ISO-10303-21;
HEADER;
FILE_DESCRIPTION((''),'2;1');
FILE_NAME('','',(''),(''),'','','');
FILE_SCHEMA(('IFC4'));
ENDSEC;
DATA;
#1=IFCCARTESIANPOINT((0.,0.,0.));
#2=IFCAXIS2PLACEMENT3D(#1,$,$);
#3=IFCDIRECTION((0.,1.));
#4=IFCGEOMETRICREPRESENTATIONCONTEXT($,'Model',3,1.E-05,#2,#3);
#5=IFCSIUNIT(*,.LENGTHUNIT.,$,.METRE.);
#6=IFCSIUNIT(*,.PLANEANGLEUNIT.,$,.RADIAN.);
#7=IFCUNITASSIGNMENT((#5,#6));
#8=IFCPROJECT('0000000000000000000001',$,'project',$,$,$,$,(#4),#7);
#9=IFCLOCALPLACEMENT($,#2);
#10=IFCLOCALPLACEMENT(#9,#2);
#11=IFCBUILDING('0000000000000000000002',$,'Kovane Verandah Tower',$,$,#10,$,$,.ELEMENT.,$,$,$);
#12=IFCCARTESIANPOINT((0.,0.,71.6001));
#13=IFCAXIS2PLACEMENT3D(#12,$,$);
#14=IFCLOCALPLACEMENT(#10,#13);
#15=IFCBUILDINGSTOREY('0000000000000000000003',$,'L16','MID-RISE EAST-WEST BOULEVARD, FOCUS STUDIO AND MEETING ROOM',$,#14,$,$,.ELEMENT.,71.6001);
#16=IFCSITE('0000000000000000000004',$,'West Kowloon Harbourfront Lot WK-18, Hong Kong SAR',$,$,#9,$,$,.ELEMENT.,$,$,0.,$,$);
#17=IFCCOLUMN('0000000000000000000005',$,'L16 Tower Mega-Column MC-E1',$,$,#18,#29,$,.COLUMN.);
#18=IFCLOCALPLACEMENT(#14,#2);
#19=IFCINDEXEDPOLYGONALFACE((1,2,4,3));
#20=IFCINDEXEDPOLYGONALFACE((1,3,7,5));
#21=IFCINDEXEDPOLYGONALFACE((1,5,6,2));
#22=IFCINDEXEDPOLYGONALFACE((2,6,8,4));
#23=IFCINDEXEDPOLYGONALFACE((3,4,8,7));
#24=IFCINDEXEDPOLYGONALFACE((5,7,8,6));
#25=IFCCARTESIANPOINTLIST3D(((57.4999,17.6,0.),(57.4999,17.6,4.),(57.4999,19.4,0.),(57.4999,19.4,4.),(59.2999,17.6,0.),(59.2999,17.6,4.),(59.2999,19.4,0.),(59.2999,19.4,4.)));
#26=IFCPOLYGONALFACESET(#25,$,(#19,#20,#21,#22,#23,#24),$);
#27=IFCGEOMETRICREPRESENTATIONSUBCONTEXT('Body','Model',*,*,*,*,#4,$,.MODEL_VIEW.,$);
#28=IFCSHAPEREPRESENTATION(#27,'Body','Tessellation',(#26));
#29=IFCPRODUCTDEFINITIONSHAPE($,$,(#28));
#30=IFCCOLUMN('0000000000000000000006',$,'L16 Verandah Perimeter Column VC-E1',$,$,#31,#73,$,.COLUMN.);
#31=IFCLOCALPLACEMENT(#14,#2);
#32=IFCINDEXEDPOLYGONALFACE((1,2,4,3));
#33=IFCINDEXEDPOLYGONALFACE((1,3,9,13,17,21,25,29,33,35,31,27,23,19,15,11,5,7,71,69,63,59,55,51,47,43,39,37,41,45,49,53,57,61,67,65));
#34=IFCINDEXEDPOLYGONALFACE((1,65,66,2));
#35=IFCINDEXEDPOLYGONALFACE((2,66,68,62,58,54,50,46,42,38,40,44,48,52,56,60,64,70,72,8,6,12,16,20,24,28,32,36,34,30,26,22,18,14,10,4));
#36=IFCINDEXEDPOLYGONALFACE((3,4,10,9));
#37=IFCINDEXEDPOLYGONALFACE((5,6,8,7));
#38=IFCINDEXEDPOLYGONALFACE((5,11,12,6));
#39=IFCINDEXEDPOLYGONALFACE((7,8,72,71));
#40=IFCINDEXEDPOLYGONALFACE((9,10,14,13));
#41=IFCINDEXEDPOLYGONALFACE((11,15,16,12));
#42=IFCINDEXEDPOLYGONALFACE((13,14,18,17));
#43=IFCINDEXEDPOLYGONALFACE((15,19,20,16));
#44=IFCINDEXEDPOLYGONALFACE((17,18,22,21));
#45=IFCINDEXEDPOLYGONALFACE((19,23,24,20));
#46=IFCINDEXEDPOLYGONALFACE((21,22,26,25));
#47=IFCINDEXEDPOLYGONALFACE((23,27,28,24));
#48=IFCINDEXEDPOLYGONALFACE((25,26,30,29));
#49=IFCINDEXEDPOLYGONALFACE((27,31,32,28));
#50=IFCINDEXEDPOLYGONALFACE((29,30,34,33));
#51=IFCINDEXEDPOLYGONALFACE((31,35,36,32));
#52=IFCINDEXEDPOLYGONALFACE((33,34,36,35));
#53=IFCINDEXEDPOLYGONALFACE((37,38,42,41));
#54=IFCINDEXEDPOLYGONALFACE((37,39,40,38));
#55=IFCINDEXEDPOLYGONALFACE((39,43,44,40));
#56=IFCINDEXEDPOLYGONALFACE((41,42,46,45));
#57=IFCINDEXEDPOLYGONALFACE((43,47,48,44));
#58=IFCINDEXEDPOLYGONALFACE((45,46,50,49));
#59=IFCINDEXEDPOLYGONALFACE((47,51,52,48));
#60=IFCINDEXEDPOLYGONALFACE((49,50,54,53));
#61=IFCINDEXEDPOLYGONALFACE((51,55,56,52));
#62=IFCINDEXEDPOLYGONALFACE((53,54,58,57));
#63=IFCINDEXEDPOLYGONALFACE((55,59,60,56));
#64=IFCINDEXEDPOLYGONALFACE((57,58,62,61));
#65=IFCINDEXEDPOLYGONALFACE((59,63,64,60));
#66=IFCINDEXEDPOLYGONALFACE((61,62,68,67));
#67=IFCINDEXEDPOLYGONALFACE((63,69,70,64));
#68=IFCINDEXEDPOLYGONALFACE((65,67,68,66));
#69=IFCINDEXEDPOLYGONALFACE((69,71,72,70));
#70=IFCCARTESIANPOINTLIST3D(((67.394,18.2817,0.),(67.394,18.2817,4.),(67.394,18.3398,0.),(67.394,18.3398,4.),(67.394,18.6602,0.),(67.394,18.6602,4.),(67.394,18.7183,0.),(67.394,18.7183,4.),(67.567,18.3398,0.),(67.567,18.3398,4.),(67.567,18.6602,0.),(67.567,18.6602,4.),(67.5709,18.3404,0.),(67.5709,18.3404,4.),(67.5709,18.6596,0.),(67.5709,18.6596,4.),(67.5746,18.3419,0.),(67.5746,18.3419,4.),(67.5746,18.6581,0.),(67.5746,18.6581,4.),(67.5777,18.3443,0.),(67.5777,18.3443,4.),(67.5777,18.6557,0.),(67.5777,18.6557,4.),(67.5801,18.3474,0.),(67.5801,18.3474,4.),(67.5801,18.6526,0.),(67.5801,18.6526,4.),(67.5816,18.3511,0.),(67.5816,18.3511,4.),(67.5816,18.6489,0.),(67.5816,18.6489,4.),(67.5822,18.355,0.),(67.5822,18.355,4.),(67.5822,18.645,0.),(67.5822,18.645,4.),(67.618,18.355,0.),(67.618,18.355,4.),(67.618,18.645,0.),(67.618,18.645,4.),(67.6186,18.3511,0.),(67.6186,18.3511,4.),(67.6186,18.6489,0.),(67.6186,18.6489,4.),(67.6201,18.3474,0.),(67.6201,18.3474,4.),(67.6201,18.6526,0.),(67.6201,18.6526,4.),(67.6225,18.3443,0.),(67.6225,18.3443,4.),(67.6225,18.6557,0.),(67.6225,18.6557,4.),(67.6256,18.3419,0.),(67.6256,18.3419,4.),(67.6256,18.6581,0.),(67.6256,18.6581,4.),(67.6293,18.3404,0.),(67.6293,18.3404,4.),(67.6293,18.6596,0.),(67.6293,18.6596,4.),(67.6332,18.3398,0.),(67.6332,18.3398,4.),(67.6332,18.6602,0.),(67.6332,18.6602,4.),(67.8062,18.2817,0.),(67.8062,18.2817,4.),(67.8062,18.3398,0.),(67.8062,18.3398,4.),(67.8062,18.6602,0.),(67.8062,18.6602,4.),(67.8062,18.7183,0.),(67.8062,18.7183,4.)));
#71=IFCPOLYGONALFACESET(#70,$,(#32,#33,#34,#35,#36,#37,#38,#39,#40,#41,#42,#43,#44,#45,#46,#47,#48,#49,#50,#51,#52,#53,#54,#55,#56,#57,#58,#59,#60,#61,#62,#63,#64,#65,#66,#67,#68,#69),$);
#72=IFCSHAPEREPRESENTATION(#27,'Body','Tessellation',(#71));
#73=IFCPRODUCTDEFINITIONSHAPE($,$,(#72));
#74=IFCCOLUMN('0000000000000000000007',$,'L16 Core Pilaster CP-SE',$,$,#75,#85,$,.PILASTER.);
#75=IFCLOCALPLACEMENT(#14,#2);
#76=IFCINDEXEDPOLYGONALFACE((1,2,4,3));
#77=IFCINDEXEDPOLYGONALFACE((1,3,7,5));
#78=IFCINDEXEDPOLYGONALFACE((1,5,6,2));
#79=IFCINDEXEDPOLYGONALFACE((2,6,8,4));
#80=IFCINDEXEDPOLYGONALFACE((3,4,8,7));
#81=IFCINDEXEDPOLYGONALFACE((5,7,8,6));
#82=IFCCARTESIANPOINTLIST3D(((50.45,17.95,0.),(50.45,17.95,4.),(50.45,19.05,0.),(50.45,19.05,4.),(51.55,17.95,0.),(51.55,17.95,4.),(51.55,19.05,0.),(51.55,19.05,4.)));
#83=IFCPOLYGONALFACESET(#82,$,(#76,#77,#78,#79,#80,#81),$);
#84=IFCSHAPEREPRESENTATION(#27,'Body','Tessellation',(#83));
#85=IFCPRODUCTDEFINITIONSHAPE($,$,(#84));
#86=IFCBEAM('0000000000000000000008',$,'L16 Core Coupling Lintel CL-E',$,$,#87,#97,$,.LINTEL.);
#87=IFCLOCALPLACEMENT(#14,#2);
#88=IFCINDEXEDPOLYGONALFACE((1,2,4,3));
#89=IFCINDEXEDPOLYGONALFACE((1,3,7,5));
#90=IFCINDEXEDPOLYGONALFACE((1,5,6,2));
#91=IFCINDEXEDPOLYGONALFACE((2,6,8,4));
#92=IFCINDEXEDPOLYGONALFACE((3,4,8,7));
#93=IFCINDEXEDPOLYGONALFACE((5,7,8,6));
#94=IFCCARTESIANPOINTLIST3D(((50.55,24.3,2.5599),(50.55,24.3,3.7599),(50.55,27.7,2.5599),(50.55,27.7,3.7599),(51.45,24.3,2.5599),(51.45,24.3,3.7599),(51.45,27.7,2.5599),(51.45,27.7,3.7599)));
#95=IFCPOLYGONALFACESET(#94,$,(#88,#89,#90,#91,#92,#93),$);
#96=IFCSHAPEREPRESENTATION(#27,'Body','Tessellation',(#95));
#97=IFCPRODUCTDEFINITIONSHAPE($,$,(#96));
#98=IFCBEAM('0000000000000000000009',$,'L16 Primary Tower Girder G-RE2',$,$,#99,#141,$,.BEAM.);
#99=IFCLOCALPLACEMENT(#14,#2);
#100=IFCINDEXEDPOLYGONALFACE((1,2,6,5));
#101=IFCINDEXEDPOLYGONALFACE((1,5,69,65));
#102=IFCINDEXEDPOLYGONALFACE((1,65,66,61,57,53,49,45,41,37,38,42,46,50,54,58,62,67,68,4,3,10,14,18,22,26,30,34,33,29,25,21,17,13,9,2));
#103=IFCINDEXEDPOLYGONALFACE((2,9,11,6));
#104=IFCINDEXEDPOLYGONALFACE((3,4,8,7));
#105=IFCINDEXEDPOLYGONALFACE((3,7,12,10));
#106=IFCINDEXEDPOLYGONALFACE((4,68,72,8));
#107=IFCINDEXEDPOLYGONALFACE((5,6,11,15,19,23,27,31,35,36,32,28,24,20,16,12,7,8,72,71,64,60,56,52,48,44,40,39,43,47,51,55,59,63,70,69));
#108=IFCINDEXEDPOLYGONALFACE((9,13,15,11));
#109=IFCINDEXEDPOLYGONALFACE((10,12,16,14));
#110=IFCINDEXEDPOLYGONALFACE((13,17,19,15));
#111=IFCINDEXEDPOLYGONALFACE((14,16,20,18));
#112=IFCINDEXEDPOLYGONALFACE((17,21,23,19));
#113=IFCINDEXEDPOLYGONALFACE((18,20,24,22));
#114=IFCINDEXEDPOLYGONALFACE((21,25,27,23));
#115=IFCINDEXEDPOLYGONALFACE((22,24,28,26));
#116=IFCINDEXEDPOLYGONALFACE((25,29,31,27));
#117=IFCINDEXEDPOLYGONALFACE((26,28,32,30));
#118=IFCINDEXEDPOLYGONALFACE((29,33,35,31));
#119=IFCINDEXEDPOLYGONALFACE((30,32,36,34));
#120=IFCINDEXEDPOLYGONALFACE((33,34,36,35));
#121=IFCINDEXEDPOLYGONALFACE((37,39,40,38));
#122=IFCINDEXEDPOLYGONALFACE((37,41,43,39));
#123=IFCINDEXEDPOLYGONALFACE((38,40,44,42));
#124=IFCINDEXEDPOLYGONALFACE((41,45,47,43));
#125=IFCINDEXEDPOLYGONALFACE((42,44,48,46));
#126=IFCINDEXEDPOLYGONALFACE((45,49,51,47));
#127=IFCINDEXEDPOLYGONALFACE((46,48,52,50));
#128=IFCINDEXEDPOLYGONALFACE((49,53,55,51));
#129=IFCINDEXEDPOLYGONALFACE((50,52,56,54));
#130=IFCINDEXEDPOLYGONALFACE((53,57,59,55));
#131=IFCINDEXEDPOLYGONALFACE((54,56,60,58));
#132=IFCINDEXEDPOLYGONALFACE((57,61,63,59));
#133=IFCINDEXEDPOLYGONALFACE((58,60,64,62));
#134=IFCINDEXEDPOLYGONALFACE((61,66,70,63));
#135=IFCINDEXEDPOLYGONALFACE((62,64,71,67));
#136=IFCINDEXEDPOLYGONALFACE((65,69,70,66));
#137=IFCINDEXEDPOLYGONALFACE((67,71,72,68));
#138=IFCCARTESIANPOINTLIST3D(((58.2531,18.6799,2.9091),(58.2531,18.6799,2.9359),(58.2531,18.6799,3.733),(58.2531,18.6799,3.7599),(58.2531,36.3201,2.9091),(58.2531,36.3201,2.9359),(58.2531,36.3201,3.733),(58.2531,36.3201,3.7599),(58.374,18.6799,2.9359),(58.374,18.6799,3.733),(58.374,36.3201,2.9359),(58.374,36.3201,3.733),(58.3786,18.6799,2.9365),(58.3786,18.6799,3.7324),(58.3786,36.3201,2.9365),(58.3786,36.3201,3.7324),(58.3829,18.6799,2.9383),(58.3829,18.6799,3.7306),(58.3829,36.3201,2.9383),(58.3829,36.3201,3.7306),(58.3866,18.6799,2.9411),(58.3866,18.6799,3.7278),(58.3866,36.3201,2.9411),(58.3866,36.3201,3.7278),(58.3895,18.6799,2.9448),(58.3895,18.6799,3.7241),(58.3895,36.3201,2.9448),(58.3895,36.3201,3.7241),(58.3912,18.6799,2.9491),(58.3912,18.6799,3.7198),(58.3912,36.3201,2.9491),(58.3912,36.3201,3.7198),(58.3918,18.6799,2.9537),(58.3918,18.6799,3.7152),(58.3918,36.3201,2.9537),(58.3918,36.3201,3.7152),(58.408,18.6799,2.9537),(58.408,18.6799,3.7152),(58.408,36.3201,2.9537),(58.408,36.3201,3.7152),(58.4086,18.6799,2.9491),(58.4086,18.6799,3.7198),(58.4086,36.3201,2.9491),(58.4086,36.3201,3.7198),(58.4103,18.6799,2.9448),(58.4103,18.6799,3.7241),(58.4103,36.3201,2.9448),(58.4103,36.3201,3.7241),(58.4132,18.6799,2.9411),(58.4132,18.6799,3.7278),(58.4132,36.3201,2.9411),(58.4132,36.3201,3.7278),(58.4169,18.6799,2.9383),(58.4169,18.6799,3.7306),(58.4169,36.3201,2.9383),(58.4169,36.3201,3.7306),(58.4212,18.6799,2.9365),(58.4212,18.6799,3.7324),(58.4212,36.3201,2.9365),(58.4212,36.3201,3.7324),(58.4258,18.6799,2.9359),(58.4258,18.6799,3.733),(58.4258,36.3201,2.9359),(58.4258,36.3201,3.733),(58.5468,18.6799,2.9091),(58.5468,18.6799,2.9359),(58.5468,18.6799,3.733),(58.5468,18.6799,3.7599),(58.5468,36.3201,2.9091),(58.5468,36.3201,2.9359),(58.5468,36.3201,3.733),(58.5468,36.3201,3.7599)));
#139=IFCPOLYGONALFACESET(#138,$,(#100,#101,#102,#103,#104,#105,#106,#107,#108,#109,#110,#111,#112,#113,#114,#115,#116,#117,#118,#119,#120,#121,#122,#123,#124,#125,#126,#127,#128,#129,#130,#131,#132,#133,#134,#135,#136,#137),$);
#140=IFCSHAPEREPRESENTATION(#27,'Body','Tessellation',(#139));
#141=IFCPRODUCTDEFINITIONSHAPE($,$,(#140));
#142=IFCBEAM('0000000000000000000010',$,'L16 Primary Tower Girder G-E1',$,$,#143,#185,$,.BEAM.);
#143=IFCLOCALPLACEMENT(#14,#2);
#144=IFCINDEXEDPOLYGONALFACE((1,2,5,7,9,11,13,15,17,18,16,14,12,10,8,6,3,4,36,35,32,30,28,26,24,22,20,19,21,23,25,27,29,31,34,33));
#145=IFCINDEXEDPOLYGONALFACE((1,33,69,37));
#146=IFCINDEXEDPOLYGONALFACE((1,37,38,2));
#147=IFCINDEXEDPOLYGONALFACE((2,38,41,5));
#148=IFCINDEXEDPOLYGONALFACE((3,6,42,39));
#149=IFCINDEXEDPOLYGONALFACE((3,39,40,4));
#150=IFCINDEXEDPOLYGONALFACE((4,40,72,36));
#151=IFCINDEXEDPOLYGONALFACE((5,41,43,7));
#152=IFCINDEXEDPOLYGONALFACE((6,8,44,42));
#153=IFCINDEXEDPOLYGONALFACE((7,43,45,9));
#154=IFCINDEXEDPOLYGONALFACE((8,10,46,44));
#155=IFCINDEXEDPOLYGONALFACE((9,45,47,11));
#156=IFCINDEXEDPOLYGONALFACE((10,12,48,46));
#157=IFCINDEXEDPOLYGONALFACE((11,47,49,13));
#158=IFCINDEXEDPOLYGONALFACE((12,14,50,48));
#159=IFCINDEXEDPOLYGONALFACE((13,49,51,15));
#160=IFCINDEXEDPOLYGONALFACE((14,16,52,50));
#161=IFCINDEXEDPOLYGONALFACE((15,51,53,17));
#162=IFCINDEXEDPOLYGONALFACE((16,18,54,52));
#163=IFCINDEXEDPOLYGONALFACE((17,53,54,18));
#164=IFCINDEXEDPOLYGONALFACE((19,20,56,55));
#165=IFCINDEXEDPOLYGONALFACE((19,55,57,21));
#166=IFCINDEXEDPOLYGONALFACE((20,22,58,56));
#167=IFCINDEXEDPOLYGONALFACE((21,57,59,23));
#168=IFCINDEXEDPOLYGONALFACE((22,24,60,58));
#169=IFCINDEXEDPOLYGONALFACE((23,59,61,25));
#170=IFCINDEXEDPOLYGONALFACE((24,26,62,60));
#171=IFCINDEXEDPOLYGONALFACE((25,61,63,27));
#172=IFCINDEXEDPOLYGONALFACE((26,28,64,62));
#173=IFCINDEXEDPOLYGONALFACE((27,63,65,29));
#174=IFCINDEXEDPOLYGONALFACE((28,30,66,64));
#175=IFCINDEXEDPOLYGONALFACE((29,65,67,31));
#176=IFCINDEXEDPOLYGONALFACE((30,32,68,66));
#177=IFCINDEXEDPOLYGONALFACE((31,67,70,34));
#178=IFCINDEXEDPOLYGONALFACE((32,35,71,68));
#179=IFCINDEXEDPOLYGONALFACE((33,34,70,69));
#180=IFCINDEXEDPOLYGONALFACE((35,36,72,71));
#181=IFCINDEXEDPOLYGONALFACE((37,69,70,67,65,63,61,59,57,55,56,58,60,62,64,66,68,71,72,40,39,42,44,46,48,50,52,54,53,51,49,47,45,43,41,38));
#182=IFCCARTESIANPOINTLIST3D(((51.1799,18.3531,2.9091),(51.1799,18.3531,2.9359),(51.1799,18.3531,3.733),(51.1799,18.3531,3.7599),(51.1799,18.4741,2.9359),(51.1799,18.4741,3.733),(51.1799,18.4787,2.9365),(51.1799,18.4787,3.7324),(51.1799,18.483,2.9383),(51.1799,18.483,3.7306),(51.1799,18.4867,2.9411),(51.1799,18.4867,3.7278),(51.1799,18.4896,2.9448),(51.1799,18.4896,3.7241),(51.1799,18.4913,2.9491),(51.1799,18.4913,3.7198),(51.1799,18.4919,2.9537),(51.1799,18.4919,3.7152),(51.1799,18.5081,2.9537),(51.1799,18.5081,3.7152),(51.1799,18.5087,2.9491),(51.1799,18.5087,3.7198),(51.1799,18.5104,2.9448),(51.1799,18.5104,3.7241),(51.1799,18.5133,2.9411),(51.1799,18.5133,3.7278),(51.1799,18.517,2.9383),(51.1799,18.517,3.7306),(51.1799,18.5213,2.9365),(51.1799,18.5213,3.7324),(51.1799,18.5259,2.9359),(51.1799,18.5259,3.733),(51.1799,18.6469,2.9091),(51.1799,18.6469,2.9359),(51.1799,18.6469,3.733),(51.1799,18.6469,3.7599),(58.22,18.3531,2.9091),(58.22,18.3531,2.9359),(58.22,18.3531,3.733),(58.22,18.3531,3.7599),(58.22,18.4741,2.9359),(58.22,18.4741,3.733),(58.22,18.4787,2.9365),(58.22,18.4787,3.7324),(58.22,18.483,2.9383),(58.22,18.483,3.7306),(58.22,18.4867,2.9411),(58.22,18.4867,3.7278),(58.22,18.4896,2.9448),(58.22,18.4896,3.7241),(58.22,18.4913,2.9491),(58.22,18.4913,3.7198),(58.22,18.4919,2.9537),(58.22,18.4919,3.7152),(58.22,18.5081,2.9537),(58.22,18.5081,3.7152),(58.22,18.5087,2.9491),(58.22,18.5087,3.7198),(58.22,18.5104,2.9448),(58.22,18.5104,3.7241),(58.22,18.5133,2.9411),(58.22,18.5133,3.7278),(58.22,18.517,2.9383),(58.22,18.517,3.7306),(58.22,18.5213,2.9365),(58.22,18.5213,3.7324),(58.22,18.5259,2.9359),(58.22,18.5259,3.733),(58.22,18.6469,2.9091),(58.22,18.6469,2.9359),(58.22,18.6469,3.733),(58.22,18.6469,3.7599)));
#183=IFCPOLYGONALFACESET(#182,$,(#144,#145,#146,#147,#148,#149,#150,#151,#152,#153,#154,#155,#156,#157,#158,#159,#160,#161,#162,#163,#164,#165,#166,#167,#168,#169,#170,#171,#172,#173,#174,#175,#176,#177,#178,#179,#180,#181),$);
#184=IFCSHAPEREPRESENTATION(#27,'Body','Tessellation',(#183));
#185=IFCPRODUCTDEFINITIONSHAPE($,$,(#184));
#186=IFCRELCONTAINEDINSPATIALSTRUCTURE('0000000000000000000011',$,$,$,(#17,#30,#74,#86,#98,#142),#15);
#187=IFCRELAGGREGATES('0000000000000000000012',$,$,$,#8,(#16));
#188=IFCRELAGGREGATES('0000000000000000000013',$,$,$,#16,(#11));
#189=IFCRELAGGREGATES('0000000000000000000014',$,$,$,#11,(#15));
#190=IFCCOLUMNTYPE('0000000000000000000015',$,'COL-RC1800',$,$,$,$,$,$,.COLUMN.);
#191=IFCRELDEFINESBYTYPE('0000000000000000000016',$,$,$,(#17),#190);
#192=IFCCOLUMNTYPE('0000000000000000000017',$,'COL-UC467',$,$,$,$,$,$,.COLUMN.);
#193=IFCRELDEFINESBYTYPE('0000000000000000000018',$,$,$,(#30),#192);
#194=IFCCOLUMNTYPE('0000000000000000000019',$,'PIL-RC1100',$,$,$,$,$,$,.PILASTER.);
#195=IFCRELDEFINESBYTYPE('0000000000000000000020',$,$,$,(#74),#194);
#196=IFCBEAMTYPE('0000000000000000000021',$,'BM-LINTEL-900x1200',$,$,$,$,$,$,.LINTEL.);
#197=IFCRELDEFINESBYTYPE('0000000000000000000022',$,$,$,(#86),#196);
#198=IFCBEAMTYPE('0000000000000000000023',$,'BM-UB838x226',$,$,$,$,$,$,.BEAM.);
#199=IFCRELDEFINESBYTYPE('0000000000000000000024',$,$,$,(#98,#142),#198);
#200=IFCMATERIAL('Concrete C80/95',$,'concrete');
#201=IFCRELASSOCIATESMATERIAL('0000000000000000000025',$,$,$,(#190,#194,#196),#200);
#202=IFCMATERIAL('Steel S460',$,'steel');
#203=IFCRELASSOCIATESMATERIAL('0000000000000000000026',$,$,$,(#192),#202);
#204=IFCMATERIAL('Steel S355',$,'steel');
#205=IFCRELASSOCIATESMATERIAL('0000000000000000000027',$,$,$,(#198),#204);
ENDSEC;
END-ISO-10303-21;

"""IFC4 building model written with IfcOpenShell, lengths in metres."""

from ifc_helpers import new_model, si_unit, direction, frame, origin, origin_2d, place, context, subcontext, project, spatial, rectangle, i_section, extrude, material, material_profile, profile_set, type_object, element, save


model = new_model("IFC4")

# Units and contexts
model_context = context("Model", 3, precision=1e-05, world=origin(), true_north=direction((0.0, 1.0)))
body_context = subcontext(model_context, "Body", "Model", "MODEL_VIEW")
ifc_project = project(units=[si_unit("LENGTHUNIT", "METRE"), si_unit("PLANEANGLEUNIT", "RADIAN")], contexts=[model_context])

# Site, building, storey
site_placement = place(None, origin())
site = spatial("IfcSite", under=ifc_project, at=site_placement, Name="West Kowloon Harbourfront Lot WK-18, Hong Kong SAR", CompositionType="ELEMENT", RefElevation=0.0)
building_placement = place(site_placement, origin())
building = spatial("IfcBuilding", under=site, at=building_placement, Name="Kovane Verandah Tower", CompositionType="ELEMENT")
storey_placement = place(building_placement, frame((0.0, 0.0, 71.6001)))
storey = spatial("IfcBuildingStorey", under=building, at=storey_placement, Name="L16", Description="MID-RISE EAST-WEST BOULEVARD, FOCUS STUDIO AND MEETING ROOM", CompositionType="ELEMENT", Elevation=71.6001)

# Columns
ifc_material_1 = material(Name="Concrete C80/95", Category="concrete")
ifc_material_profile_1 = material_profile(ifc_material_1, rectangle(XDim=1.8, YDim=1.8, at=origin_2d()), Name="RC1800x1800")
ifc_profile_set_1 = profile_set([ifc_material_profile_1], Name="Concrete C80/95")
column_type_1 = type_object("IfcColumnType", Name="COL-RC1800", PredefinedType="COLUMN", material=ifc_profile_set_1)
column_1_placement = place(storey_placement, frame((58.3999, 18.5, 0.0), z_axis=(0.0, 0.0, 1.0), x_axis=(1.0, 0.0, 0.0)))
element("IfcColumn", 1, at=column_1_placement, inside=storey, type_object=column_type_1, Name="L16 Tower Mega-Column MC-E1", PredefinedType="COLUMN", context=body_context, shape_type="SweptSolid", body=[
    extrude(rectangle(XDim=1.8, YDim=1.8, at=origin_2d()), origin(), (0.0, 0.0, 1.0), 4.0),
])
ifc_material_2 = material(Name="Steel S460", Category="steel")
ifc_material_profile_2 = material_profile(ifc_material_2, i_section(OverallWidth=0.4121, OverallDepth=0.4365, WebThickness=0.0359, FlangeThickness=0.0581, FilletRadius=0.0151, at=origin_2d()), Name="UC356x406x467")
ifc_profile_set_2 = profile_set([ifc_material_profile_2], Name="Steel S460")
column_type_2 = type_object("IfcColumnType", Name="COL-UC467", PredefinedType="COLUMN", material=ifc_profile_set_2)
column_2_placement = place(storey_placement, frame((67.6001, 18.5, 0.0), z_axis=(0.0, 0.0, 1.0), x_axis=(1.0, 0.0, 0.0)))
element("IfcColumn", 2, at=column_2_placement, inside=storey, type_object=column_type_2, Name="L16 Verandah Perimeter Column VC-E1", PredefinedType="COLUMN", context=body_context, shape_type="SweptSolid", body=[
    extrude(i_section(OverallWidth=0.4121, OverallDepth=0.4365, WebThickness=0.0359, FlangeThickness=0.0581, FilletRadius=0.0151, at=origin_2d()), origin(), (0.0, 0.0, 1.0), 4.0),
])
ifc_material_profile_3 = material_profile(ifc_material_1, rectangle(XDim=1.1001, YDim=1.1001, at=origin_2d()), Name="RC1100x1100")
ifc_profile_set_3 = profile_set([ifc_material_profile_3], Name="Concrete C80/95")
column_type_3 = type_object("IfcColumnType", Name="PIL-RC1100", PredefinedType="PILASTER", material=ifc_profile_set_3)
column_3_placement = place(storey_placement, frame((51.0, 18.5, 0.0), z_axis=(0.0, 0.0, 1.0), x_axis=(1.0, 0.0, 0.0)))
element("IfcColumn", 3, at=column_3_placement, inside=storey, type_object=column_type_3, Name="L16 Core Pilaster CP-SE", PredefinedType="PILASTER", context=body_context, shape_type="SweptSolid", body=[
    extrude(rectangle(XDim=1.1001, YDim=1.1001, at=origin_2d()), origin(), (0.0, 0.0, 1.0), 4.0),
])

# Beams
ifc_material_profile_4 = material_profile(ifc_material_1, rectangle(XDim=0.8999, YDim=1.2, at=origin_2d()), Name="RCB900x1200")
ifc_profile_set_4 = profile_set([ifc_material_profile_4], Name="Concrete C80/95")
beam_type_1 = type_object("IfcBeamType", Name="BM-LINTEL-900x1200", PredefinedType="LINTEL", material=ifc_profile_set_4)
beam_1_placement = place(storey_placement, frame((51.0, 24.3, 3.1599), z_axis=(0.0, 1.0, 0.0), x_axis=(-1.0, 0.0, 0.0)))
element("IfcBeam", 4, at=beam_1_placement, inside=storey, type_object=beam_type_1, Name="L16 Core Coupling Lintel CL-E", PredefinedType="LINTEL", context=body_context, shape_type="SweptSolid", body=[
    extrude(rectangle(XDim=0.8999, YDim=1.2, at=origin_2d()), origin(), (0.0, 0.0, 1.0), 3.3999),
])
ifc_material_3 = material(Name="Steel S355", Category="steel")
ifc_material_profile_5 = material_profile(ifc_material_3, i_section(OverallWidth=0.2937, OverallDepth=0.8508, WebThickness=0.0161, FlangeThickness=0.0269, FilletRadius=0.0178, at=origin_2d()), Name="UB838x292x226")
ifc_profile_set_5 = profile_set([ifc_material_profile_5], Name="Steel S355")
beam_type_2 = type_object("IfcBeamType", Name="BM-UB838x226", PredefinedType="BEAM", material=ifc_profile_set_5)
beam_2_placement = place(storey_placement, frame((58.3999, 18.6799, 3.3345), z_axis=(0.0, 1.0, 0.0), x_axis=(-1.0, 0.0, 0.0)))
element("IfcBeam", 5, at=beam_2_placement, inside=storey, type_object=beam_type_2, Name="L16 Primary Tower Girder G-RE2", PredefinedType="BEAM", context=body_context, shape_type="SweptSolid", body=[
    extrude(i_section(OverallWidth=0.2937, OverallDepth=0.8508, WebThickness=0.0161, FlangeThickness=0.0269, FilletRadius=0.0178, at=origin_2d()), origin(), (0.0, 0.0, 1.0), 17.6401),
])
beam_3_placement = place(storey_placement, frame((51.1799, 18.5, 3.3345), z_axis=(1.0, 0.0, 0.0), x_axis=(0.0, 1.0, 0.0)))
element("IfcBeam", 6, at=beam_3_placement, inside=storey, type_object=beam_type_2, Name="L16 Primary Tower Girder G-E1", PredefinedType="BEAM", context=body_context, shape_type="SweptSolid", body=[
    extrude(i_section(OverallWidth=0.2937, OverallDepth=0.8508, WebThickness=0.0161, FlangeThickness=0.0269, FilletRadius=0.0178, at=origin_2d()), origin(), (0.0, 0.0, 1.0), 7.04),
])

save(model, "model.ifc")
